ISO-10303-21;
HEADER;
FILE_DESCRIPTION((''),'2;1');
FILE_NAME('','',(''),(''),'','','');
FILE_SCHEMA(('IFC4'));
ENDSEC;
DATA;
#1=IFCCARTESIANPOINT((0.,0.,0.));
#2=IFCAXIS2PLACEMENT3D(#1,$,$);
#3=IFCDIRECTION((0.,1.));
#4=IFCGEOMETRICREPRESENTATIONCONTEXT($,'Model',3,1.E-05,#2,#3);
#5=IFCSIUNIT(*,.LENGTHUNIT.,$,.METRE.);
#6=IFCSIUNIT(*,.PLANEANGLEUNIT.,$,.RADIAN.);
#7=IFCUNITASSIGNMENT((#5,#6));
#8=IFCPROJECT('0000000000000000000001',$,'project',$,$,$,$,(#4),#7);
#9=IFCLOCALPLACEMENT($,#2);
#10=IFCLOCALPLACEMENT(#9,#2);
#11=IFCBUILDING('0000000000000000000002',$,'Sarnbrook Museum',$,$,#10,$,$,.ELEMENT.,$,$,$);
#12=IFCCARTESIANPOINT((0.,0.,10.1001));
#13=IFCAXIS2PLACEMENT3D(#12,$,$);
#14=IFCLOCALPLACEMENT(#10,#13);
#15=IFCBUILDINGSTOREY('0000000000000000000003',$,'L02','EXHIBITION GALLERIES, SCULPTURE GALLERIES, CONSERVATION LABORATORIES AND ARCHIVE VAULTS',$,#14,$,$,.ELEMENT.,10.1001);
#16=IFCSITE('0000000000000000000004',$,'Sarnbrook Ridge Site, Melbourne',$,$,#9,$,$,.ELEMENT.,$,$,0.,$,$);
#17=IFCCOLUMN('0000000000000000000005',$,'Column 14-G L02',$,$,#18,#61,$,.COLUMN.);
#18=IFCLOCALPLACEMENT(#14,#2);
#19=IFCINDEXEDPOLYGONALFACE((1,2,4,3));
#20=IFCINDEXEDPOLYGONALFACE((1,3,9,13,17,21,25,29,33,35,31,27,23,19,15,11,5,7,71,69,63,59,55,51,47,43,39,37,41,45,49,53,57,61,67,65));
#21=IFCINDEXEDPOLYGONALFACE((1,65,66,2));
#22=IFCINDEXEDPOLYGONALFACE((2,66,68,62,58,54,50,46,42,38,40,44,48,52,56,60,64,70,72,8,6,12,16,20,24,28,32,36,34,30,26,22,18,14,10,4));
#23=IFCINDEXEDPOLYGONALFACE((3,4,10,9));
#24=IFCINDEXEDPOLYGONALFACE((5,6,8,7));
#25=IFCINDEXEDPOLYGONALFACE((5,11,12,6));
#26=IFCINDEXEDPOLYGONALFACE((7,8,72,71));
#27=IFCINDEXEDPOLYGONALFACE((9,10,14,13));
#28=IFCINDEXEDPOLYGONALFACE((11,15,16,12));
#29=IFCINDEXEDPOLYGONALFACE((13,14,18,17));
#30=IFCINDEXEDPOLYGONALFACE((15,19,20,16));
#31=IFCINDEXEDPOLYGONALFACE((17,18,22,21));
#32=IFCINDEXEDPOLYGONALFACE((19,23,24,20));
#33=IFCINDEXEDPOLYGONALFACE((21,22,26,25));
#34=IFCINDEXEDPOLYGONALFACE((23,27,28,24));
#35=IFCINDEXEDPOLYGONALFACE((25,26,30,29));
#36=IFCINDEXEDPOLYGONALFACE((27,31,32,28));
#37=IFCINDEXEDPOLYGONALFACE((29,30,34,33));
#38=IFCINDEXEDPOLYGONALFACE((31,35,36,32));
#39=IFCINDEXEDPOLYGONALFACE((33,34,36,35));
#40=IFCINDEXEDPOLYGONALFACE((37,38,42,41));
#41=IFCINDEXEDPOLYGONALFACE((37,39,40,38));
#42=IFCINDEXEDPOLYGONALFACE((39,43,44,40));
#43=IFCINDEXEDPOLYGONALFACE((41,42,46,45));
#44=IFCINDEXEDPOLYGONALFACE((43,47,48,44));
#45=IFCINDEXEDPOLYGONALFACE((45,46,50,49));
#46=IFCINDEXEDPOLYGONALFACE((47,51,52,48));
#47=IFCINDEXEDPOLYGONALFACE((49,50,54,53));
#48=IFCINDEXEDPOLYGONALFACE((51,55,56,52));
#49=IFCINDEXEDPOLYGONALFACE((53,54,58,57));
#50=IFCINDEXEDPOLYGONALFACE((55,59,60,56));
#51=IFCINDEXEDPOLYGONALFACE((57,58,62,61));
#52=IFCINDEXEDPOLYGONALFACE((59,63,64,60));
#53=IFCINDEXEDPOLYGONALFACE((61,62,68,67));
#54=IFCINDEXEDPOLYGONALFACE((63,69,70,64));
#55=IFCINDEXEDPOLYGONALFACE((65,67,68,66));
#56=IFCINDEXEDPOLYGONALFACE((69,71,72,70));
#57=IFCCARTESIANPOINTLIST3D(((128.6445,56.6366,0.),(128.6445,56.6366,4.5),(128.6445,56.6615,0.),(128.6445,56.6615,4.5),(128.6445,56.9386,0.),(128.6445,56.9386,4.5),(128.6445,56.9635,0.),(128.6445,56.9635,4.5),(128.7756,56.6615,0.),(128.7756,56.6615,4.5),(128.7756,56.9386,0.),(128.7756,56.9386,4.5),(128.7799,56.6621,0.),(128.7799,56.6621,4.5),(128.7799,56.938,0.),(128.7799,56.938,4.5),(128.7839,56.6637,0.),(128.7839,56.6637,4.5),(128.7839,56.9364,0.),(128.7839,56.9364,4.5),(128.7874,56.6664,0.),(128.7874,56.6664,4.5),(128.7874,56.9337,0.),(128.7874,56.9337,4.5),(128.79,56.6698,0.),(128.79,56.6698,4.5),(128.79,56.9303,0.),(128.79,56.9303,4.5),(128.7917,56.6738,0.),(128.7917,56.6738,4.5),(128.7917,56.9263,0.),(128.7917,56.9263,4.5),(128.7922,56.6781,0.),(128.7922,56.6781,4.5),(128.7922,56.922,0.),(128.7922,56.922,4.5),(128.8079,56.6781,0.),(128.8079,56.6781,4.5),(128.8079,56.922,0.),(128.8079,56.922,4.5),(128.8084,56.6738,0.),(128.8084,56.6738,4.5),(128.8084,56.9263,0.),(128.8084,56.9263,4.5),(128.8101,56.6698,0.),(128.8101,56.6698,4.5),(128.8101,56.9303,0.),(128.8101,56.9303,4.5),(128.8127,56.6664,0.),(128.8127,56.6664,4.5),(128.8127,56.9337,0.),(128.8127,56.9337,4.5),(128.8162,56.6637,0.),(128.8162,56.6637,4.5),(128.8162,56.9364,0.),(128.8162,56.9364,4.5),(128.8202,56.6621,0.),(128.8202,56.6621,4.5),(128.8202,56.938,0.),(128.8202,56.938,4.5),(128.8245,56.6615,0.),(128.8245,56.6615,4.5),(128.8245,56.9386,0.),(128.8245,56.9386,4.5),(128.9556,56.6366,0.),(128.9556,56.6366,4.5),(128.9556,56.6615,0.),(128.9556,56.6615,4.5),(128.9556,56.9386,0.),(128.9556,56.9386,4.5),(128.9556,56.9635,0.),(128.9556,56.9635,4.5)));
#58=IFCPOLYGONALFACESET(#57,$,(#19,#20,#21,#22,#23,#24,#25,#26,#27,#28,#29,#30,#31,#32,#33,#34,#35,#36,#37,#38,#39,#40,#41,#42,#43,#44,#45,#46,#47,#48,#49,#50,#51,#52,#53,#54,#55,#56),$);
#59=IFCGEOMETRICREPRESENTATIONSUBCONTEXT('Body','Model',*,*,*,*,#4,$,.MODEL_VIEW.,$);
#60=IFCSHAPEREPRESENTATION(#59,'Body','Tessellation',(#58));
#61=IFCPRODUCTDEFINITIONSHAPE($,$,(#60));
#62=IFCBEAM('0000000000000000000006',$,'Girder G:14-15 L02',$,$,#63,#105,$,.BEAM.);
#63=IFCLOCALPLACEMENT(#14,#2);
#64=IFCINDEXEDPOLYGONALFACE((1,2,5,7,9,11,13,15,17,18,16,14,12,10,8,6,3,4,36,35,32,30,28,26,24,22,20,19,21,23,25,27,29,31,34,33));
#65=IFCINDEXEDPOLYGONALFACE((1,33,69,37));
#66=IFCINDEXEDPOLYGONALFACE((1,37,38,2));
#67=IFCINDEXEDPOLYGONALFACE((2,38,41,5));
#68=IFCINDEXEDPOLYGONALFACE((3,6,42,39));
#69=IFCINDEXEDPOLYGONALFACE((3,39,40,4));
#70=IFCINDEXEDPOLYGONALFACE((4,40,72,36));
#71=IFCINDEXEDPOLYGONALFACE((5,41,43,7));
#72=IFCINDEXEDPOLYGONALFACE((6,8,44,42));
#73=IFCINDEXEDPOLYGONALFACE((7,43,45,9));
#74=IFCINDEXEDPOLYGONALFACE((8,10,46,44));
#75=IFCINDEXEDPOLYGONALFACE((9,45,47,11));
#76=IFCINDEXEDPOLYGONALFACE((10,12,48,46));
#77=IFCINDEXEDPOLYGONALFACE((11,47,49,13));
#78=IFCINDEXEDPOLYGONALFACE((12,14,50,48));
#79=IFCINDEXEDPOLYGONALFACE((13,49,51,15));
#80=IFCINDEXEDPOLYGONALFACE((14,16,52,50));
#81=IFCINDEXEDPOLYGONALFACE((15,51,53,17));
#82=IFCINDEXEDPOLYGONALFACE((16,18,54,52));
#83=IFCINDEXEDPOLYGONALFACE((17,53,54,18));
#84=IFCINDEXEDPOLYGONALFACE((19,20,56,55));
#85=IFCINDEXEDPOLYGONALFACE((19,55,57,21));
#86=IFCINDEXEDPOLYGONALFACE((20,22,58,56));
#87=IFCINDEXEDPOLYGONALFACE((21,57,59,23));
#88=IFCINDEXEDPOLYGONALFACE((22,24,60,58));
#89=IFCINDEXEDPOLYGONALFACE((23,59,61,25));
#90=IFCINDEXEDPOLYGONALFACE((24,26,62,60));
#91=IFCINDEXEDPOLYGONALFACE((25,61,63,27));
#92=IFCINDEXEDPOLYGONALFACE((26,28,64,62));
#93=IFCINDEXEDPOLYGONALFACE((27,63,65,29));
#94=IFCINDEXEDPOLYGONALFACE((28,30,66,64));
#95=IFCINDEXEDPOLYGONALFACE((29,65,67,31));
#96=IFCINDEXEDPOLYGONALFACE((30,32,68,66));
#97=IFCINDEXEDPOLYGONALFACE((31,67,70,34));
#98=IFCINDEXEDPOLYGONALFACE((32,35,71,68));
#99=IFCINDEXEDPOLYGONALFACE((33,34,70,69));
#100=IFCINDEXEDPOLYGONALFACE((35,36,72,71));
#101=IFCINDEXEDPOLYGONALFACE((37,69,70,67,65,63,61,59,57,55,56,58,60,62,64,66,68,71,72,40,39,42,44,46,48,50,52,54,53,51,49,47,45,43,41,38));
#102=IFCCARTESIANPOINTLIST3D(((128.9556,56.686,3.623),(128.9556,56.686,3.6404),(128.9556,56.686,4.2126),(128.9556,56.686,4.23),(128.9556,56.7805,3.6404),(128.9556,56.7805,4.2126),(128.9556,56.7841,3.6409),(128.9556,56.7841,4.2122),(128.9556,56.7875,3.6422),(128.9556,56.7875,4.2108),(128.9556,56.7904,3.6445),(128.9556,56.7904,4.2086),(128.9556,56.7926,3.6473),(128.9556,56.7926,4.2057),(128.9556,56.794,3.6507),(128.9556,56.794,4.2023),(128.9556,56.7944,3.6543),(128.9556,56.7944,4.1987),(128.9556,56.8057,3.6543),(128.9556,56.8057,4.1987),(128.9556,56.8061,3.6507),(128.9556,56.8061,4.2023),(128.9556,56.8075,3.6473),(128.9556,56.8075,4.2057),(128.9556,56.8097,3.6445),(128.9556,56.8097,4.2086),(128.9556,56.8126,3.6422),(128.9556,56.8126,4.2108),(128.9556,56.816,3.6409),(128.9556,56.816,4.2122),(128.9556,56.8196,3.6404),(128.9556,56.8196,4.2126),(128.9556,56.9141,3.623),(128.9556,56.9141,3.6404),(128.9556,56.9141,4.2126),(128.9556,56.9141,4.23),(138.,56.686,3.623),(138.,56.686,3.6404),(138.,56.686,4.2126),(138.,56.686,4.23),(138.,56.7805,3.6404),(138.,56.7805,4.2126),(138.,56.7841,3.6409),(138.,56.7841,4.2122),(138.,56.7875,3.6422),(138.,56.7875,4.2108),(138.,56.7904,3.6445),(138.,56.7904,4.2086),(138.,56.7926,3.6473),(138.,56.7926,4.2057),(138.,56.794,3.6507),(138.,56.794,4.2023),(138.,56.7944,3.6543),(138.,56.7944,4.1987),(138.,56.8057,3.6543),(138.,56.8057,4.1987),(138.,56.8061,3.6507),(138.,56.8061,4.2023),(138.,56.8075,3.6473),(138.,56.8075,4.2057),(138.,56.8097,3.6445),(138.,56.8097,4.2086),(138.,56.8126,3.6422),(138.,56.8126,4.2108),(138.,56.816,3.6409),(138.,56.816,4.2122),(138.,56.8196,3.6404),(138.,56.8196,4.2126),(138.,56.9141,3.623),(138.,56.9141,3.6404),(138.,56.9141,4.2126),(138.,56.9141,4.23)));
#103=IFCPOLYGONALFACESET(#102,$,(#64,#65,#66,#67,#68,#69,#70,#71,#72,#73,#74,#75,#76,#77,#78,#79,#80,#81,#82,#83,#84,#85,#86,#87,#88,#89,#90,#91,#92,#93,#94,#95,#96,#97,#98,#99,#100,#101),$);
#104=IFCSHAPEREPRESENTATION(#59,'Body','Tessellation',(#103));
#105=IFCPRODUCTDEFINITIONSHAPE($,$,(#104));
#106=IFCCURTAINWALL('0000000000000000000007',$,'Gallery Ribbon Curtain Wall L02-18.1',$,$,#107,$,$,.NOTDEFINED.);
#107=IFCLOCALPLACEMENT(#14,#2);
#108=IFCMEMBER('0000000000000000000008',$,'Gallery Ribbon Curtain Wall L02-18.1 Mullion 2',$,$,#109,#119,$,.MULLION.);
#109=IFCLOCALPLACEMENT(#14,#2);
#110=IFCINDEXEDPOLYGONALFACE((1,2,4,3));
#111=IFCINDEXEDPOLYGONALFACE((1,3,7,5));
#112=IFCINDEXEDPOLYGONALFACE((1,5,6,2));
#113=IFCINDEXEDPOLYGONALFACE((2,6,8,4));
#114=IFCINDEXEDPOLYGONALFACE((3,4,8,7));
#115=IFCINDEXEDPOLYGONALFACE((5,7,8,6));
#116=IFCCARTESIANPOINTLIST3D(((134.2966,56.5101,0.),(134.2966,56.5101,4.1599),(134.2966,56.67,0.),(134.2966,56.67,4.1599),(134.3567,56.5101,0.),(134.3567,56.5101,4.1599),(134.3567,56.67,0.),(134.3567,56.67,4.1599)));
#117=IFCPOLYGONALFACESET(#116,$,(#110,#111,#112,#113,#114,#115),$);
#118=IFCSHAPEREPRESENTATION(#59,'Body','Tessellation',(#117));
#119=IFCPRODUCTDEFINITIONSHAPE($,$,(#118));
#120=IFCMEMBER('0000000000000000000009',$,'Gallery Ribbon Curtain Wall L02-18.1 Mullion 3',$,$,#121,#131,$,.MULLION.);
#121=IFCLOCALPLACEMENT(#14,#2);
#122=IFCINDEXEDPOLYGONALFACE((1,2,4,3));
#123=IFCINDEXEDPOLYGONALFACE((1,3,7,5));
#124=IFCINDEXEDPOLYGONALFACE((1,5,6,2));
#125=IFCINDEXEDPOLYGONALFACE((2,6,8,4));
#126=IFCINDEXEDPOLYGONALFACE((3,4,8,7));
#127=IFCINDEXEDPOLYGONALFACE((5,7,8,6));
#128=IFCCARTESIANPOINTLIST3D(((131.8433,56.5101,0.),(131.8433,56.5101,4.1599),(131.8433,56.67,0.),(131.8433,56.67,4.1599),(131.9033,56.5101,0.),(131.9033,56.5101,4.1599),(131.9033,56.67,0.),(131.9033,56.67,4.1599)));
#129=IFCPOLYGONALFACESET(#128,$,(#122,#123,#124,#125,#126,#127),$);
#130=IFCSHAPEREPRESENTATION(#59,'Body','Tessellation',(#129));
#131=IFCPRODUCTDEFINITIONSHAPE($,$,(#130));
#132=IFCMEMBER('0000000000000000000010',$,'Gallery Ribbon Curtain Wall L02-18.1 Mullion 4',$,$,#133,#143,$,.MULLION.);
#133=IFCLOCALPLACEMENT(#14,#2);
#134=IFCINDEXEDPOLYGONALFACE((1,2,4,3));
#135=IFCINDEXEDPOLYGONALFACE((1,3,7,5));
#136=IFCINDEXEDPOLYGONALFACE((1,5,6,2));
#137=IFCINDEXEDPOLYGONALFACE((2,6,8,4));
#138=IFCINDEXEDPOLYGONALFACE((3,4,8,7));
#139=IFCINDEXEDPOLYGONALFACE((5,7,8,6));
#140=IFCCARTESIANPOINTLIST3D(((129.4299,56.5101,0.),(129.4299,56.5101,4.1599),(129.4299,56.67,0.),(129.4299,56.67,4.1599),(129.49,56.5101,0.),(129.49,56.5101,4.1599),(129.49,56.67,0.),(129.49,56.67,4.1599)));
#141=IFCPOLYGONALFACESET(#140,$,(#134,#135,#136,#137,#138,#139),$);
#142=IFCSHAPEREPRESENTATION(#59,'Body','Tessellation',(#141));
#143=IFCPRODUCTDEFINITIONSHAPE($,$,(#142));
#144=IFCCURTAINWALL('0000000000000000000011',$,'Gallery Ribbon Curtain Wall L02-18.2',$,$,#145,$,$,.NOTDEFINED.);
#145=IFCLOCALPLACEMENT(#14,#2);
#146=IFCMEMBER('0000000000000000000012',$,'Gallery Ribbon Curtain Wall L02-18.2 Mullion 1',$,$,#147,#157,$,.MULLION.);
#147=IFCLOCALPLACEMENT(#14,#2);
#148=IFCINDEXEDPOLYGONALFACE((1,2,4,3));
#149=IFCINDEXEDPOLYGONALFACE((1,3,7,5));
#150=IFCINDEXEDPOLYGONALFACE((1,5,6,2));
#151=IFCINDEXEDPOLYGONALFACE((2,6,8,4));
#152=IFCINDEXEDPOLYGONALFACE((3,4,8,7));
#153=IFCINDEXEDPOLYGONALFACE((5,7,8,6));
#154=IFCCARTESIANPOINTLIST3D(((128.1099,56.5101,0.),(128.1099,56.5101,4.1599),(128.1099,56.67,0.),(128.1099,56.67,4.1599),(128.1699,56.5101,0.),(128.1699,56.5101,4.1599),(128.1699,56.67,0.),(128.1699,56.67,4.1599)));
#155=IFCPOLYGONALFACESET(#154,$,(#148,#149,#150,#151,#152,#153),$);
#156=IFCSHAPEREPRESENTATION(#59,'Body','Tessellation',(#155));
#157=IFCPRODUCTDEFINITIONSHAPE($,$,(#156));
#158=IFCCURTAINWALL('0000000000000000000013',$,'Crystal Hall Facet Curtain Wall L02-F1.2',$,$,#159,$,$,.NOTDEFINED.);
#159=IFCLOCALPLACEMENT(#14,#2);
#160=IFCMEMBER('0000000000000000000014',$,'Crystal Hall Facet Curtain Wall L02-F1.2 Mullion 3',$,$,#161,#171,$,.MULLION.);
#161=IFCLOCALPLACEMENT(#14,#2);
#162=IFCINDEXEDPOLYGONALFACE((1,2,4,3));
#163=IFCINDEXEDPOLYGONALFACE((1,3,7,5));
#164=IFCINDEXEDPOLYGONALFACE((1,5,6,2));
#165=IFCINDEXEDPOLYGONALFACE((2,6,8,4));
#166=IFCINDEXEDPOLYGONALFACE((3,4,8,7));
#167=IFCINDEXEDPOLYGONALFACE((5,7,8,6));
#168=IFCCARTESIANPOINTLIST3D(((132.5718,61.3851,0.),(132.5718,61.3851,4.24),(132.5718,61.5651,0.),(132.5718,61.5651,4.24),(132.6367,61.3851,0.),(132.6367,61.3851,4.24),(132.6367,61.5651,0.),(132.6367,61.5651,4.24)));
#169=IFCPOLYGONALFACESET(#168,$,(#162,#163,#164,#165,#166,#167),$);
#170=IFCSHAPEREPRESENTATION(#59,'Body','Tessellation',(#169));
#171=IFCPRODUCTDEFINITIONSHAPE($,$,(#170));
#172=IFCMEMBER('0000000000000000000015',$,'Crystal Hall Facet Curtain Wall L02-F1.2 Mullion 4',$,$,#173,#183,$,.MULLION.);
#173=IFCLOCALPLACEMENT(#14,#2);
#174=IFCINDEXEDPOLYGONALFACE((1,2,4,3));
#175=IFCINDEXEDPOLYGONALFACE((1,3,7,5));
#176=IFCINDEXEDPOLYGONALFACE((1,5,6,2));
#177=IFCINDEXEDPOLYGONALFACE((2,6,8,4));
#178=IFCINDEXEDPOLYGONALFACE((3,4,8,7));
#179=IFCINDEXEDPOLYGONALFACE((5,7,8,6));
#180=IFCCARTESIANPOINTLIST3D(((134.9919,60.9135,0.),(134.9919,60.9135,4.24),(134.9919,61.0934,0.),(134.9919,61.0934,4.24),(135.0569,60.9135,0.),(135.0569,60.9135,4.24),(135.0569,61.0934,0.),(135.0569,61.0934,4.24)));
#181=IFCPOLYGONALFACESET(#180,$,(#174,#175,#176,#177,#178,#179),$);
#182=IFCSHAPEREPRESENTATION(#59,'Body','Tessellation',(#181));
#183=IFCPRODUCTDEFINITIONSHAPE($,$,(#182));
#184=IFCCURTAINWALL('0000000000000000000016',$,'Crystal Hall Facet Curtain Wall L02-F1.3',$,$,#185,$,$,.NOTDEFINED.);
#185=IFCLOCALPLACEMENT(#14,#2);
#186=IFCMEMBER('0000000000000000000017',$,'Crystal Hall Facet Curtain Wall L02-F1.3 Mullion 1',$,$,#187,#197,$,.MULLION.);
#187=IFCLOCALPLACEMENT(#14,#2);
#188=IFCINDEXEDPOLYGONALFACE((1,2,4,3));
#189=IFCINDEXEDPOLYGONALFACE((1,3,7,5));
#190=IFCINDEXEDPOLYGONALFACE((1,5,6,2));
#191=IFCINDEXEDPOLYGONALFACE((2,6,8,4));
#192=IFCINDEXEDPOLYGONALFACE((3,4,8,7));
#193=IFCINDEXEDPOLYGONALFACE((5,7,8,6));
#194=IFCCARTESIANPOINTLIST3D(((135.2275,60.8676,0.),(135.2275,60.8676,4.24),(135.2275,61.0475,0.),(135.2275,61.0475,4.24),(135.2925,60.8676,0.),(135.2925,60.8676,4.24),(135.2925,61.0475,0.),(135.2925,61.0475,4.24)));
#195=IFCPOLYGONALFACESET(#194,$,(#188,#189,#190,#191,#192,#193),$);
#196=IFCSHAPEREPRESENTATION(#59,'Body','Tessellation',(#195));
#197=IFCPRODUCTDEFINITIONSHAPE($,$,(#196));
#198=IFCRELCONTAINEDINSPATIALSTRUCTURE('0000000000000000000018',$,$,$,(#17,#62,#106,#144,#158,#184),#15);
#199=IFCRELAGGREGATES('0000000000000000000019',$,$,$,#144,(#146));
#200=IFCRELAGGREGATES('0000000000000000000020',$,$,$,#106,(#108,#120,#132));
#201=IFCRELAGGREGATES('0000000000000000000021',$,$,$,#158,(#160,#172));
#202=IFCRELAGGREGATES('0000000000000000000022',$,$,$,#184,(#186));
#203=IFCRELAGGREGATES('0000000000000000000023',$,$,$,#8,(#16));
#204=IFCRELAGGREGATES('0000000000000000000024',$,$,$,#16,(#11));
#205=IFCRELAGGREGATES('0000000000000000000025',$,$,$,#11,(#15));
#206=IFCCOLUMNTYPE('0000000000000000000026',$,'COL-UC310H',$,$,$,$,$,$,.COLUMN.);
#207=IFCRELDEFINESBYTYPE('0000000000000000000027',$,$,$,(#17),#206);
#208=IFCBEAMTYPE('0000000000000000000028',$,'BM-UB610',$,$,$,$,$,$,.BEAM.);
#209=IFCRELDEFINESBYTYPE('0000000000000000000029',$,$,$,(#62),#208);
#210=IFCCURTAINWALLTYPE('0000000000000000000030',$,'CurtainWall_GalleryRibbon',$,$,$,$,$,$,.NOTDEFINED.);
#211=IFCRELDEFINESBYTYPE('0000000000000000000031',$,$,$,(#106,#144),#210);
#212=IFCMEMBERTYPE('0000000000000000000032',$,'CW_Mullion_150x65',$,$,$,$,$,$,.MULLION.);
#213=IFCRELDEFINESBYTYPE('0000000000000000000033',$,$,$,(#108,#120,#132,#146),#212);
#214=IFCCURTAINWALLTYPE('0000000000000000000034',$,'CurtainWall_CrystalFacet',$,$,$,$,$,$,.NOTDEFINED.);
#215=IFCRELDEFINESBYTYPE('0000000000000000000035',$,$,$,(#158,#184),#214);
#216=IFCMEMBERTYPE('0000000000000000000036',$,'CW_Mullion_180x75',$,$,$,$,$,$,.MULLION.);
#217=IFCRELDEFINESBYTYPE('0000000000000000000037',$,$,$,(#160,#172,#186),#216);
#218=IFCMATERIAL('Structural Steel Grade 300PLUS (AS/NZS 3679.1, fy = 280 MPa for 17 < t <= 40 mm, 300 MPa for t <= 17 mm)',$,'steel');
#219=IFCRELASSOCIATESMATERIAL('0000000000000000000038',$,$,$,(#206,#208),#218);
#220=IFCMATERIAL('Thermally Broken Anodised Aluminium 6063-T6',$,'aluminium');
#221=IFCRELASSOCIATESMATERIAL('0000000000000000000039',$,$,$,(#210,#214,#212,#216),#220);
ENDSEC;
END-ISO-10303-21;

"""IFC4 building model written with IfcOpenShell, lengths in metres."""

from ifc_helpers import new_model, si_unit, direction, frame, origin, origin_2d, place, context, subcontext, project, spatial, rectangle, i_section, extrude, material, material_profile, profile_set, type_object, element, aggregate, save


model = new_model("IFC4")

# Units and contexts
model_context = context("Model", 3, precision=1e-05, world=origin(), true_north=direction((0.0, 1.0)))
body_context = subcontext(model_context, "Body", "Model", "MODEL_VIEW")
ifc_project = project(units=[si_unit("LENGTHUNIT", "METRE"), si_unit("PLANEANGLEUNIT", "RADIAN")], contexts=[model_context])

# Site, building, storey
site_placement = place(None, origin())
site = spatial("IfcSite", under=ifc_project, at=site_placement, Name="Sarnbrook Ridge Site, Melbourne", CompositionType="ELEMENT", RefElevation=0.0)
building_placement = place(site_placement, origin())
building = spatial("IfcBuilding", under=site, at=building_placement, Name="Sarnbrook Museum", CompositionType="ELEMENT")
storey_placement = place(building_placement, frame((0.0, 0.0, 10.1001)))
storey = spatial("IfcBuildingStorey", under=building, at=storey_placement, Name="L02", Description="EXHIBITION GALLERIES, SCULPTURE GALLERIES, CONSERVATION LABORATORIES AND ARCHIVE VAULTS", CompositionType="ELEMENT", Elevation=10.1001)

# Column
ifc_material_1 = material(Name="Structural Steel Grade 300PLUS (AS/NZS 3679.1, fy = 280 MPa for 17 < t <= 40 mm, 300 MPa for t <= 17 mm)", Category="steel")
ifc_material_profile_1 = material_profile(ifc_material_1, i_section(OverallWidth=0.311, OverallDepth=0.3269, WebThickness=0.0156, FlangeThickness=0.0249, FilletRadius=0.0166, at=origin_2d()), Name="310UC158")
ifc_profile_set_1 = profile_set([ifc_material_profile_1], Name="Structural Steel Grade 300PLUS (AS/NZS 3679.1, fy = 280 MPa for 17 < t <= 40 mm, 300 MPa for t <= 17 mm)")
column_type = type_object("IfcColumnType", Name="COL-UC310H", PredefinedType="COLUMN", material=ifc_profile_set_1)
column_placement = place(storey_placement, frame((128.8, 56.8, 0.0), z_axis=(0.0, 0.0, 1.0), x_axis=(1.0, 0.0, 0.0)))
element("IfcColumn", 1, at=column_placement, inside=storey, type_object=column_type, Name="Column 14-G L02", PredefinedType="COLUMN", context=body_context, shape_type="SweptSolid", body=[
    extrude(i_section(OverallWidth=0.311, OverallDepth=0.3269, WebThickness=0.0156, FlangeThickness=0.0249, FilletRadius=0.0166, at=origin_2d()), origin(), (0.0, 0.0, 1.0), 4.5),
])

# Beam
ifc_material_profile_2 = material_profile(ifc_material_1, i_section(OverallWidth=0.228, OverallDepth=0.6069, WebThickness=0.0112, FlangeThickness=0.0173, FilletRadius=0.0139, at=origin_2d()), Name="610UB113")
ifc_profile_set_2 = profile_set([ifc_material_profile_2], Name="Structural Steel Grade 300PLUS (AS/NZS 3679.1, fy = 280 MPa for 17 < t <= 40 mm, 300 MPa for t <= 17 mm)")
beam_type = type_object("IfcBeamType", Name="BM-UB610", PredefinedType="BEAM", material=ifc_profile_set_2)
beam_placement = place(storey_placement, frame((128.9556, 56.8, 3.9265), z_axis=(1.0, 0.0, 0.0), x_axis=(0.0, 1.0, 0.0)))
element("IfcBeam", 2, at=beam_placement, inside=storey, type_object=beam_type, Name="Girder G:14-15 L02", PredefinedType="BEAM", context=body_context, shape_type="SweptSolid", body=[
    extrude(i_section(OverallWidth=0.228, OverallDepth=0.6069, WebThickness=0.0112, FlangeThickness=0.0173, FilletRadius=0.0139, at=origin_2d()), origin(), (0.0, 0.0, 1.0), 9.0444),
])

# Curtain wall, members
ifc_material_2 = material(Name="Thermally Broken Anodised Aluminium 6063-T6", Category="aluminium")
curtain_wall_type_1 = type_object("IfcCurtainWallType", Name="CurtainWall_GalleryRibbon", PredefinedType="NOTDEFINED", material=ifc_material_2)
curtain_wall_1_placement = place(storey_placement, origin())
curtain_wall_1 = element("IfcCurtainWall", 3, at=curtain_wall_1_placement, inside=storey, type_object=curtain_wall_type_1, Name="Gallery Ribbon Curtain Wall L02-18.1", PredefinedType="NOTDEFINED")
ifc_material_profile_3 = material_profile(ifc_material_2, rectangle(XDim=0.0601, YDim=0.1599, at=origin_2d()), Name="ALU MULLION 60x160")
ifc_profile_set_3 = profile_set([ifc_material_profile_3], Name="Thermally Broken Anodised Aluminium 6063-T6")
member_type_1 = type_object("IfcMemberType", Name="CW_Mullion_150x65", PredefinedType="MULLION", material=ifc_profile_set_3)
member_1_placement = place(storey_placement, frame((134.3267, 56.5901, 0.0), z_axis=(0.0, 0.0, 1.0), x_axis=(1.0, 0.0, 0.0)))
member_1 = element("IfcMember", 4, at=member_1_placement, type_object=member_type_1, Name="Gallery Ribbon Curtain Wall L02-18.1 Mullion 2", PredefinedType="MULLION", context=body_context, shape_type="SweptSolid", body=[
    extrude(rectangle(XDim=0.0601, YDim=0.1599, at=origin_2d()), origin(), (0.0, 0.0, 1.0), 4.1599),
])
member_2_placement = place(storey_placement, frame((131.8733, 56.5901, 0.0), z_axis=(0.0, 0.0, 1.0), x_axis=(1.0, 0.0, 0.0)))
member_2 = element("IfcMember", 5, at=member_2_placement, type_object=member_type_1, Name="Gallery Ribbon Curtain Wall L02-18.1 Mullion 3", PredefinedType="MULLION", context=body_context, shape_type="SweptSolid", body=[
    extrude(rectangle(XDim=0.0601, YDim=0.1599, at=origin_2d()), origin(), (0.0, 0.0, 1.0), 4.1599),
])
member_3_placement = place(storey_placement, frame((129.46, 56.5901, 0.0), z_axis=(0.0, 0.0, 1.0), x_axis=(1.0, 0.0, 0.0)))
member_3 = element("IfcMember", 6, at=member_3_placement, type_object=member_type_1, Name="Gallery Ribbon Curtain Wall L02-18.1 Mullion 4", PredefinedType="MULLION", context=body_context, shape_type="SweptSolid", body=[
    extrude(rectangle(XDim=0.0601, YDim=0.1599, at=origin_2d()), origin(), (0.0, 0.0, 1.0), 4.1599),
])

# Curtain wall, member
curtain_wall_2_placement = place(storey_placement, origin())
curtain_wall_2 = element("IfcCurtainWall", 7, at=curtain_wall_2_placement, inside=storey, type_object=curtain_wall_type_1, Name="Gallery Ribbon Curtain Wall L02-18.2", PredefinedType="NOTDEFINED")
member_4_placement = place(storey_placement, frame((128.1399, 56.5901, 0.0), z_axis=(0.0, 0.0, 1.0), x_axis=(1.0, 0.0, 0.0)))
member_4 = element("IfcMember", 8, at=member_4_placement, type_object=member_type_1, Name="Gallery Ribbon Curtain Wall L02-18.2 Mullion 1", PredefinedType="MULLION", context=body_context, shape_type="SweptSolid", body=[
    extrude(rectangle(XDim=0.0601, YDim=0.1599, at=origin_2d()), origin(), (0.0, 0.0, 1.0), 4.1599),
])

# Curtain walls, members
curtain_wall_type_2 = type_object("IfcCurtainWallType", Name="CurtainWall_CrystalFacet", PredefinedType="NOTDEFINED", material=ifc_material_2)
curtain_wall_3_placement = place(storey_placement, origin())
curtain_wall_3 = element("IfcCurtainWall", 9, at=curtain_wall_3_placement, inside=storey, type_object=curtain_wall_type_2, Name="Crystal Hall Facet Curtain Wall L02-F1.2", PredefinedType="NOTDEFINED")
ifc_material_profile_4 = material_profile(ifc_material_2, rectangle(XDim=0.0649, YDim=0.1799, at=origin_2d()), Name="ALU MULLION 65x180")
ifc_profile_set_4 = profile_set([ifc_material_profile_4], Name="Thermally Broken Anodised Aluminium 6063-T6")
member_type_2 = type_object("IfcMemberType", Name="CW_Mullion_180x75", PredefinedType="MULLION", material=ifc_profile_set_4)
member_5_placement = place(storey_placement, frame((132.6042, 61.4751, 0.0), z_axis=(0.0, 0.0, 1.0), x_axis=(1.0, 0.0, 0.0)))
member_5 = element("IfcMember", 10, at=member_5_placement, type_object=member_type_2, Name="Crystal Hall Facet Curtain Wall L02-F1.2 Mullion 3", PredefinedType="MULLION", context=body_context, shape_type="SweptSolid", body=[
    extrude(rectangle(XDim=0.0649, YDim=0.1799, at=origin_2d()), origin(), (0.0, 0.0, 1.0), 4.24),
])
member_6_placement = place(storey_placement, frame((135.0244, 61.0034, 0.0), z_axis=(0.0, 0.0, 1.0), x_axis=(1.0, 0.0, 0.0)))
member_6 = element("IfcMember", 11, at=member_6_placement, type_object=member_type_2, Name="Crystal Hall Facet Curtain Wall L02-F1.2 Mullion 4", PredefinedType="MULLION", context=body_context, shape_type="SweptSolid", body=[
    extrude(rectangle(XDim=0.0649, YDim=0.1799, at=origin_2d()), origin(), (0.0, 0.0, 1.0), 4.24),
])
curtain_wall_4_placement = place(storey_placement, origin())
curtain_wall_4 = element("IfcCurtainWall", 12, at=curtain_wall_4_placement, inside=storey, type_object=curtain_wall_type_2, Name="Crystal Hall Facet Curtain Wall L02-F1.3", PredefinedType="NOTDEFINED")
member_7_placement = place(storey_placement, frame((135.26, 60.9575, 0.0), z_axis=(0.0, 0.0, 1.0), x_axis=(1.0, 0.0, 0.0)))
member_7 = element("IfcMember", 13, at=member_7_placement, type_object=member_type_2, Name="Crystal Hall Facet Curtain Wall L02-F1.3 Mullion 1", PredefinedType="MULLION", context=body_context, shape_type="SweptSolid", body=[
    extrude(rectangle(XDim=0.0649, YDim=0.1799, at=origin_2d()), origin(), (0.0, 0.0, 1.0), 4.24),
])

aggregate(curtain_wall_2, [member_4])

aggregate(curtain_wall_1, [member_1, member_2, member_3])
aggregate(curtain_wall_3, [member_5, member_6])
aggregate(curtain_wall_4, [member_7])

save(model, "model.ifc")
